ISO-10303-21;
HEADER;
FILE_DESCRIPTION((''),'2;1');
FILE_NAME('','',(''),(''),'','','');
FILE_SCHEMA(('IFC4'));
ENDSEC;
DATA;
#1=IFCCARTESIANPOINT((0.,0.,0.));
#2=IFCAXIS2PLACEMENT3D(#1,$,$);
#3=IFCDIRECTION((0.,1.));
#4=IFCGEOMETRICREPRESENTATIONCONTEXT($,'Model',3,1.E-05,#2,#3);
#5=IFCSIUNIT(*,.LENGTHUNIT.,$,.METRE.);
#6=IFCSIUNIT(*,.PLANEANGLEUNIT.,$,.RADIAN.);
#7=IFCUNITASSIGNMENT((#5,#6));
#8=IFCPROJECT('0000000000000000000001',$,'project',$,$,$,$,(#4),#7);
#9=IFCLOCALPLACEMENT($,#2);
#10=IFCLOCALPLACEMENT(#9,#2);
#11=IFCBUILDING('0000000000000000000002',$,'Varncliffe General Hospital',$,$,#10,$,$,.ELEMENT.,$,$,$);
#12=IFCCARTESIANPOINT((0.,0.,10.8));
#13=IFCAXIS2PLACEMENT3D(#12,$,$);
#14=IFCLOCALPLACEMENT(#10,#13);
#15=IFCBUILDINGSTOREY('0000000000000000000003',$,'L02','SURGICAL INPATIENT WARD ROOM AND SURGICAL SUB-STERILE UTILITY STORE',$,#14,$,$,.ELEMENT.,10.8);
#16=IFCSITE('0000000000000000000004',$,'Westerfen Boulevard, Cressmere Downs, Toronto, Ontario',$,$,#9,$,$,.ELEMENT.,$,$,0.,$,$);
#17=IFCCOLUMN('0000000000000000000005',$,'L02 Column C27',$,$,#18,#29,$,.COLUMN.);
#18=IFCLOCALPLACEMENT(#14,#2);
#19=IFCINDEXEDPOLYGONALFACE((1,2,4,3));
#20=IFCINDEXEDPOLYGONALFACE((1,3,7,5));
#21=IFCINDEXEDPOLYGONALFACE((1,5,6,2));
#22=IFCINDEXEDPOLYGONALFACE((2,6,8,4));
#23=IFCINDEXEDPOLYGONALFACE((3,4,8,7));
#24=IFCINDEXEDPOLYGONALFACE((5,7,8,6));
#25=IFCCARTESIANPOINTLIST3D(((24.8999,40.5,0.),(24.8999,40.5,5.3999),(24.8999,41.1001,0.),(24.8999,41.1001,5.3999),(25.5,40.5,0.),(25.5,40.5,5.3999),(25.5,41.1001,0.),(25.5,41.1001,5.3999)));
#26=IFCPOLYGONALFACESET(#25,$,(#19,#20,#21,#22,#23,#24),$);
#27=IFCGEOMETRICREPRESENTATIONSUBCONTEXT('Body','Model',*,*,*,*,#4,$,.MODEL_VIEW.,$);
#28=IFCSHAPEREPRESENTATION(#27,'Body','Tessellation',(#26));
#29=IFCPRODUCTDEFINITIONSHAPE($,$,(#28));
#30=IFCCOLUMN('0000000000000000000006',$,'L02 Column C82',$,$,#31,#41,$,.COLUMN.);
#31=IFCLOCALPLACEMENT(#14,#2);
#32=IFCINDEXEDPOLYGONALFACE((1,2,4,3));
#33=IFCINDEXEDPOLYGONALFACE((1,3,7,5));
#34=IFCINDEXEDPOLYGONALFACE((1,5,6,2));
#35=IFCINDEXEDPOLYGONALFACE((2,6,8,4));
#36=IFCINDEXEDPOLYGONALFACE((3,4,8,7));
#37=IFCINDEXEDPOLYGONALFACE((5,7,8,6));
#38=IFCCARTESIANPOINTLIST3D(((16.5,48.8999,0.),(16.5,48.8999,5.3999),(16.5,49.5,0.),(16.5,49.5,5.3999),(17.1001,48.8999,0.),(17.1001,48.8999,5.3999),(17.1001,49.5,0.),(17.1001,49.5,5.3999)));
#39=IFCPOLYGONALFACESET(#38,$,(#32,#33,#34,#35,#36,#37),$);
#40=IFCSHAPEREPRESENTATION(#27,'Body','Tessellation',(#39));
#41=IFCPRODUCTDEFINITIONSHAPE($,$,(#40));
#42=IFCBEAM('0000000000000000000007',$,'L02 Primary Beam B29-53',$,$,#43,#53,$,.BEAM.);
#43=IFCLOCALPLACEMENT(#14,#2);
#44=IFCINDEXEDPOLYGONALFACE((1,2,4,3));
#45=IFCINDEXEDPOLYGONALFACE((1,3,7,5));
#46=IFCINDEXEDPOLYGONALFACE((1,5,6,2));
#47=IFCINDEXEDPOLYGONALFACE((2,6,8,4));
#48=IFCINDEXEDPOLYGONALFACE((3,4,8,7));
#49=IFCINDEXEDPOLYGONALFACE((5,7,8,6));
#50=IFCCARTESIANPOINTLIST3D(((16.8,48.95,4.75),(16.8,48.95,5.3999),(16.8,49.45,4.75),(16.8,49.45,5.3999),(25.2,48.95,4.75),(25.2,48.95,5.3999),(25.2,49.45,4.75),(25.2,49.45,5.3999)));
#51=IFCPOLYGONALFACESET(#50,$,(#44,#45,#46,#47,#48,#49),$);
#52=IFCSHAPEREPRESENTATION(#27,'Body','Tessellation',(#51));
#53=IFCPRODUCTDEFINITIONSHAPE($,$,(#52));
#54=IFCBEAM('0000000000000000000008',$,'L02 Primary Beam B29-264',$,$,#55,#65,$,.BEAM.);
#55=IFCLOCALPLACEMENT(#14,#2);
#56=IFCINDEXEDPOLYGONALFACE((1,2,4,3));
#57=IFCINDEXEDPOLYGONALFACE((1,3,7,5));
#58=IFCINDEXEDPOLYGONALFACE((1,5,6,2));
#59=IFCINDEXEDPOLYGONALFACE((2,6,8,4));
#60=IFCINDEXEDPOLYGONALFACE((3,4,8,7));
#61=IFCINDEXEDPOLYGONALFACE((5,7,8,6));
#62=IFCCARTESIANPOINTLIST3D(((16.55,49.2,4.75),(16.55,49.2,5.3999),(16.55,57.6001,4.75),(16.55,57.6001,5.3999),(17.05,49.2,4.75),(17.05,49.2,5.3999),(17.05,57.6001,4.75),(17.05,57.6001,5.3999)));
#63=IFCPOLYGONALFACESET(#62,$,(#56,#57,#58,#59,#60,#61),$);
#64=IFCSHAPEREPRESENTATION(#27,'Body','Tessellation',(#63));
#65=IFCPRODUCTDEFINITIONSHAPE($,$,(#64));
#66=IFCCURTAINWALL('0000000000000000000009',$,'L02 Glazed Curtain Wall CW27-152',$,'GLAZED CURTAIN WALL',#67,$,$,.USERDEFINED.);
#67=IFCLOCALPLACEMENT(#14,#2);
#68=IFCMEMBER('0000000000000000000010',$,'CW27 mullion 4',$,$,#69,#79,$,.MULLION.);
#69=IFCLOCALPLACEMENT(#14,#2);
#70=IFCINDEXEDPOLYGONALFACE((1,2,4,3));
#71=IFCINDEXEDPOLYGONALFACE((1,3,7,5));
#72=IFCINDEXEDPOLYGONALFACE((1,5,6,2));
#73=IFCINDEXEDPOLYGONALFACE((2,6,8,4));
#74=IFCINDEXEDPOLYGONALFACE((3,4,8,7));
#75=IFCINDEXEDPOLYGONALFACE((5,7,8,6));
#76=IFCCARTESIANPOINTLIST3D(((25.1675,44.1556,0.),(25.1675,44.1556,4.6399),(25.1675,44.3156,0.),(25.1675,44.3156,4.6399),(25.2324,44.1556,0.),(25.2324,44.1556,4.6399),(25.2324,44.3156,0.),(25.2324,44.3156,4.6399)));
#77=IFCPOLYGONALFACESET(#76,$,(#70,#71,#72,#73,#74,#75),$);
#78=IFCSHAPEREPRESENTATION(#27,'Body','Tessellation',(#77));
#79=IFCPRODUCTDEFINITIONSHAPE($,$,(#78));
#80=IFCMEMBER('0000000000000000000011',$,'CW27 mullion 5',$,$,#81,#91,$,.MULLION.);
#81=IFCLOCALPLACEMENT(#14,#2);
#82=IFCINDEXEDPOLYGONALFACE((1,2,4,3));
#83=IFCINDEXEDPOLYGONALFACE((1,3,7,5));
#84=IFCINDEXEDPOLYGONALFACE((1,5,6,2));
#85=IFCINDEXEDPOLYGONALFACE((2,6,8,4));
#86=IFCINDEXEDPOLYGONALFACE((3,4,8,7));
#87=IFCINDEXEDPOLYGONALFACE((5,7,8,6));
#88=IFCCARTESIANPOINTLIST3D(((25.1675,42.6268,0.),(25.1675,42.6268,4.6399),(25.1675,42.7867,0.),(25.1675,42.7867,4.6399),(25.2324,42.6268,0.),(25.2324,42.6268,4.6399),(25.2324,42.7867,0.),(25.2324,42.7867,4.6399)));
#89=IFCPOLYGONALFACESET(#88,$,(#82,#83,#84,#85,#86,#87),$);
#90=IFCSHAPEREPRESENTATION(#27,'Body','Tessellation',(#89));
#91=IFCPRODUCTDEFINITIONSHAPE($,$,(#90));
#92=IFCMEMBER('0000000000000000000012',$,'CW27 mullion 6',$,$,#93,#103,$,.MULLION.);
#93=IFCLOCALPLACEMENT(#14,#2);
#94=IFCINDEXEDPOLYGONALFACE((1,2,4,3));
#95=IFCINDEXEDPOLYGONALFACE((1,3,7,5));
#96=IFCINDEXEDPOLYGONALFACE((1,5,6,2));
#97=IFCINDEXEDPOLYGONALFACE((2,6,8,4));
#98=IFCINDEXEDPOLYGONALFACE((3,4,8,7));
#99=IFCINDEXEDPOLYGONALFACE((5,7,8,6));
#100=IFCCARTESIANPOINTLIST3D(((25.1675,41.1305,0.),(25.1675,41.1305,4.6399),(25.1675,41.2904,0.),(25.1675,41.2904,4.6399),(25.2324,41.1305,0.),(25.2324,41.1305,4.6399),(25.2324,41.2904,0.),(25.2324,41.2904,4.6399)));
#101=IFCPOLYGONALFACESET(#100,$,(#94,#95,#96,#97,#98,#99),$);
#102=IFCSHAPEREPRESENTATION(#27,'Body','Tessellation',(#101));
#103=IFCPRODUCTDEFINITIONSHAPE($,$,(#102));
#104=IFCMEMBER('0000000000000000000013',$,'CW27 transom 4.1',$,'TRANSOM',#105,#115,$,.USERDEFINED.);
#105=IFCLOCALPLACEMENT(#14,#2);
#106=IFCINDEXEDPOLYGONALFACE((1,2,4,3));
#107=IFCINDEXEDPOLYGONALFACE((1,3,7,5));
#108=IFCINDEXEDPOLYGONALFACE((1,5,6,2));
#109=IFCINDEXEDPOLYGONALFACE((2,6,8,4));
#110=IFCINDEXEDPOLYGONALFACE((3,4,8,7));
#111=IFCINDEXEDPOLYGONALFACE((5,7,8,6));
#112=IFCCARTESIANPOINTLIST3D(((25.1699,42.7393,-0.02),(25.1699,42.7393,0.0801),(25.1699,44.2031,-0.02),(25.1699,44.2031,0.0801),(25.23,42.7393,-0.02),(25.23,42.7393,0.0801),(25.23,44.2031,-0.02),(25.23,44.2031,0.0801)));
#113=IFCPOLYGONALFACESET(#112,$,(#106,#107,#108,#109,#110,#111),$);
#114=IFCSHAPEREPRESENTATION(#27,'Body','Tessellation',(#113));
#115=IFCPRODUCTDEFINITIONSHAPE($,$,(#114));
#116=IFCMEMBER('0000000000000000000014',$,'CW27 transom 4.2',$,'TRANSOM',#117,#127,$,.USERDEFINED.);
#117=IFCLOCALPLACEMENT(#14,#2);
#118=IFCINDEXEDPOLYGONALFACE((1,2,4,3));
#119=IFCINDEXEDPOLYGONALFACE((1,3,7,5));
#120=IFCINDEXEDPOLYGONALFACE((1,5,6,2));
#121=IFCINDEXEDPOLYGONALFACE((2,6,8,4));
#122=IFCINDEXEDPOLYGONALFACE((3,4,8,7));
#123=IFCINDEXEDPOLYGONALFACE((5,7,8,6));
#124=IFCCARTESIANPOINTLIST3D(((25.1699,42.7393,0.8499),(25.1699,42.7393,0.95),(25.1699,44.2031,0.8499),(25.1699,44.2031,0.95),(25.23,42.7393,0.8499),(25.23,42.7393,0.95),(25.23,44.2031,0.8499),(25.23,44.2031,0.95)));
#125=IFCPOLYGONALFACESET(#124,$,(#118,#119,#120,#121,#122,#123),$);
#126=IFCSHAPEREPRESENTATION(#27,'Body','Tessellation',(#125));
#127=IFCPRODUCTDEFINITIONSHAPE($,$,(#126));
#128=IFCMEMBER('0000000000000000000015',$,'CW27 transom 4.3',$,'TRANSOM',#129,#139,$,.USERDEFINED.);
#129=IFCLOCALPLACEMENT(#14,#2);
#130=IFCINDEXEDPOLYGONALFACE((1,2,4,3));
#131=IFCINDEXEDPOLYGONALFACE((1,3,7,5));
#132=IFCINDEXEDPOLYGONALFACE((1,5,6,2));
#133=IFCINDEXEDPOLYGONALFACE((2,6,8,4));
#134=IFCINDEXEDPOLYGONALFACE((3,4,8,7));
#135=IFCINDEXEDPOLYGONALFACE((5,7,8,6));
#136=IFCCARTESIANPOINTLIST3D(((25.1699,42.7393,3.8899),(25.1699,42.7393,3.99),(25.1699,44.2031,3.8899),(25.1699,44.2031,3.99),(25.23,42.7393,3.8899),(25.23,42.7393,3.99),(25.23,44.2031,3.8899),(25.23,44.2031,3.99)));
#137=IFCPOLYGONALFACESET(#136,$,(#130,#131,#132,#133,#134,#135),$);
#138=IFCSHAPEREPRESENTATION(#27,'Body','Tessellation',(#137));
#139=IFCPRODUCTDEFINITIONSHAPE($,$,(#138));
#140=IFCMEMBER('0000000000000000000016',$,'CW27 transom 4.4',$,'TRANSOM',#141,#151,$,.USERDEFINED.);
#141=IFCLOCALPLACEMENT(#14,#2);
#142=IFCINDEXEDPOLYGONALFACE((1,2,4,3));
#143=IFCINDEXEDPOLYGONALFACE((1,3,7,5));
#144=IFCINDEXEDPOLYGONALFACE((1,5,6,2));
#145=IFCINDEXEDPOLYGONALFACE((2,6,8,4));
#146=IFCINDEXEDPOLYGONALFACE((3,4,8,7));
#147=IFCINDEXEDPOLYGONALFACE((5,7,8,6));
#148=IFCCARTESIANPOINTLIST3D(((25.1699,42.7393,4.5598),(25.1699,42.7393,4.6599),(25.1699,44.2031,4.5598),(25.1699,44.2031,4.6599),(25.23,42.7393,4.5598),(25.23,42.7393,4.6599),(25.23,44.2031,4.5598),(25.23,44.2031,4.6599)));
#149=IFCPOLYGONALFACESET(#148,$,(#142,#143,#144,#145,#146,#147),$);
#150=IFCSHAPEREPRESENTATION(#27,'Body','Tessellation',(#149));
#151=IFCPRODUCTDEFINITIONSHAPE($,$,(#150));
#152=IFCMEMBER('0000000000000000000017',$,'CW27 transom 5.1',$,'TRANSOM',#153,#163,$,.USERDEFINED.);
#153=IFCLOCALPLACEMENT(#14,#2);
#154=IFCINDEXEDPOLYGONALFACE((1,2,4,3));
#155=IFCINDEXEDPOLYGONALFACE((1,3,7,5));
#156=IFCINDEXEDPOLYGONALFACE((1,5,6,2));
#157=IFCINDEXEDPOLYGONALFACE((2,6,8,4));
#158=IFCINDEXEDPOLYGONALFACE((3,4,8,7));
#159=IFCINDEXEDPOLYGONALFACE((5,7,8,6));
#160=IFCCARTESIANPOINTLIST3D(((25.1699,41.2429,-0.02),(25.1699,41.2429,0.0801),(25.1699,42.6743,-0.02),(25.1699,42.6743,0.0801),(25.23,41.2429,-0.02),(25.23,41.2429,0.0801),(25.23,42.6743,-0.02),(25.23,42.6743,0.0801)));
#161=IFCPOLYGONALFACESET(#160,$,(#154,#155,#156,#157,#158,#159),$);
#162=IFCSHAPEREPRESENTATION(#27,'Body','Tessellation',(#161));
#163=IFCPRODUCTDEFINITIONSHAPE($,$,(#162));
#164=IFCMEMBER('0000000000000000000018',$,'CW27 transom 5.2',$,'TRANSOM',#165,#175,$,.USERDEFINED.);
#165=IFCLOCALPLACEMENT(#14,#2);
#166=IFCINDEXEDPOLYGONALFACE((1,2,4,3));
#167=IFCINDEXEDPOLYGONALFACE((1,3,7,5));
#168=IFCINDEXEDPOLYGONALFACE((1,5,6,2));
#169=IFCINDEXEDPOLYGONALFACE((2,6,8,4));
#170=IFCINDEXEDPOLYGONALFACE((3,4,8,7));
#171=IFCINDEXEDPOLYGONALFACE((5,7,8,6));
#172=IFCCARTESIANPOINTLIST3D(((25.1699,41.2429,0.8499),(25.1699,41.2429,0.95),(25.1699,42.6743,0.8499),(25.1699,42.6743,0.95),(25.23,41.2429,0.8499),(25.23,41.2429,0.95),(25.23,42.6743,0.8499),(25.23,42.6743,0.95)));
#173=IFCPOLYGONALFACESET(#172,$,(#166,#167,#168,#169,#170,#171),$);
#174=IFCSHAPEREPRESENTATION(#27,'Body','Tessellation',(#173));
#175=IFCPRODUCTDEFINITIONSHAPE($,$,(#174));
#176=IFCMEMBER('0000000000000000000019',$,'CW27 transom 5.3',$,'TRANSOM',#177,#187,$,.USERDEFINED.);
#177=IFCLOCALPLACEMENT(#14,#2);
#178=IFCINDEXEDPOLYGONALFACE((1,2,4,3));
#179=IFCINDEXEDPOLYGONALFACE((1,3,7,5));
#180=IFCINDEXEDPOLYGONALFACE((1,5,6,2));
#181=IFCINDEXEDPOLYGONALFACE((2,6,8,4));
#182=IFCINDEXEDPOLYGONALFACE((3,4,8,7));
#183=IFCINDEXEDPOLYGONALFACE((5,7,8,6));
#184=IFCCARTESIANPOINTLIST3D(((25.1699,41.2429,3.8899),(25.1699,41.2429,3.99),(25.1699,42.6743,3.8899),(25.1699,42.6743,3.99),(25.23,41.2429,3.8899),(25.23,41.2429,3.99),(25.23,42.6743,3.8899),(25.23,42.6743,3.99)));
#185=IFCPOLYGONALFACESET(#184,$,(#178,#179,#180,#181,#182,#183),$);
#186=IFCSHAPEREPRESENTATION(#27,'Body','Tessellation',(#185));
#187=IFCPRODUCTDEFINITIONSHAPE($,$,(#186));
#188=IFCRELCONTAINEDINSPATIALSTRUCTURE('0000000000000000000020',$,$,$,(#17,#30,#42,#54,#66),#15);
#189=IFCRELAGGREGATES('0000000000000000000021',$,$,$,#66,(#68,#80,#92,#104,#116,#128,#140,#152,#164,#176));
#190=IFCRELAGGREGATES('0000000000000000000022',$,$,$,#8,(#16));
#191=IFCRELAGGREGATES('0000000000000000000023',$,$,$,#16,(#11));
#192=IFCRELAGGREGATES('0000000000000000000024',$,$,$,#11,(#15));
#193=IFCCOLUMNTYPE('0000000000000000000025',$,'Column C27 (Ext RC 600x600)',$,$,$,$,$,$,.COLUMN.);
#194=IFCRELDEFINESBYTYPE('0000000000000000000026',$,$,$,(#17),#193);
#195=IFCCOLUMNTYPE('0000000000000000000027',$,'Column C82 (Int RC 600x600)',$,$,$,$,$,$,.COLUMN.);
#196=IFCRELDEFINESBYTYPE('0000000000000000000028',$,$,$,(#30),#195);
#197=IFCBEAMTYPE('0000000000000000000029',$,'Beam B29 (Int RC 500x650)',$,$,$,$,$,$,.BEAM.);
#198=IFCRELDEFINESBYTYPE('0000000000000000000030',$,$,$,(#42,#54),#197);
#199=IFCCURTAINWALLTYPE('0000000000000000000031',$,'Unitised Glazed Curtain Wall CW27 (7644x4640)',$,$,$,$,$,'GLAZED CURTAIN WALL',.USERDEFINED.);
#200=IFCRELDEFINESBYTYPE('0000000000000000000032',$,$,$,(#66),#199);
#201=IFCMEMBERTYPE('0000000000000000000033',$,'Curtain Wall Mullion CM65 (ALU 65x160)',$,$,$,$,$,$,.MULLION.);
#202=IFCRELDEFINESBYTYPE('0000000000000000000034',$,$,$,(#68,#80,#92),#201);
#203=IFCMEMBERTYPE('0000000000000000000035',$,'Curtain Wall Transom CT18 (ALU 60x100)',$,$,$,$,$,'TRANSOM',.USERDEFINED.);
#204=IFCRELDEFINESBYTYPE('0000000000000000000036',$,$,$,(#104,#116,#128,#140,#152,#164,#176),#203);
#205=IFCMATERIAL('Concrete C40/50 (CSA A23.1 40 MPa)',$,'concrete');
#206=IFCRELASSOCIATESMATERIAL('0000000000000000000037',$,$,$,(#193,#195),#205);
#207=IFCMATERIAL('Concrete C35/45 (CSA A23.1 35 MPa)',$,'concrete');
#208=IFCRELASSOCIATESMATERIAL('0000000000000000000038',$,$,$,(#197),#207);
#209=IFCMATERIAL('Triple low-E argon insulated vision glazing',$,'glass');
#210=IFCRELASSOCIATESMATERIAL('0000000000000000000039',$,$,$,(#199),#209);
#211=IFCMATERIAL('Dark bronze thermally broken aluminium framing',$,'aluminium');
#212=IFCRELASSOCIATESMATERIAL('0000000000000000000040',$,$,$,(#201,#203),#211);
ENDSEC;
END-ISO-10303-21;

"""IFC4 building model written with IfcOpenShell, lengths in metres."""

from ifc_helpers import new_model, si_unit, direction, frame, origin, origin_2d, place, context, subcontext, project, spatial, rectangle, extrude, material, material_profile, profile_set, type_object, element, aggregate, save


model = new_model("IFC4")

# Units and contexts
model_context = context("Model", 3, precision=1e-05, world=origin(), true_north=direction((0.0, 1.0)))
body_context = subcontext(model_context, "Body", "Model", "MODEL_VIEW")
ifc_project = project(units=[si_unit("LENGTHUNIT", "METRE"), si_unit("PLANEANGLEUNIT", "RADIAN")], contexts=[model_context])

# Site, building, storey
site_placement = place(None, origin())
site = spatial("IfcSite", under=ifc_project, at=site_placement, Name="Westerfen Boulevard, Cressmere Downs, Toronto, Ontario", CompositionType="ELEMENT", RefElevation=0.0)
building_placement = place(site_placement, origin())
building = spatial("IfcBuilding", under=site, at=building_placement, Name="Varncliffe General Hospital", CompositionType="ELEMENT")
storey_placement = place(building_placement, frame((0.0, 0.0, 10.8)))
storey = spatial("IfcBuildingStorey", under=building, at=storey_placement, Name="L02", Description="SURGICAL INPATIENT WARD ROOM AND SURGICAL SUB-STERILE UTILITY STORE", CompositionType="ELEMENT", Elevation=10.8)

# Columns
ifc_material_1 = material(Name="Concrete C40/50 (CSA A23.1 40 MPa)", Category="concrete")
ifc_material_profile_1 = material_profile(ifc_material_1, rectangle(XDim=0.6001, YDim=0.6001, at=origin_2d()), Name="RC 600x600")
ifc_profile_set_1 = profile_set([ifc_material_profile_1], Name="Concrete C40/50 (CSA A23.1 40 MPa)")
column_type_1 = type_object("IfcColumnType", Name="Column C27 (Ext RC 600x600)", PredefinedType="COLUMN", material=ifc_profile_set_1)
column_1_placement = place(storey_placement, frame((25.2, 40.8, 0.0), z_axis=(0.0, 0.0, 1.0), x_axis=(1.0, 0.0, 0.0)))
element("IfcColumn", 1, at=column_1_placement, inside=storey, type_object=column_type_1, Name="L02 Column C27", PredefinedType="COLUMN", context=body_context, shape_type="SweptSolid", body=[
    extrude(rectangle(XDim=0.6001, YDim=0.6001, at=origin_2d()), origin(), (0.0, 0.0, 1.0), 5.3999),
])
ifc_material_profile_2 = material_profile(ifc_material_1, rectangle(XDim=0.6001, YDim=0.6001, at=origin_2d()), Name="RC 600x600")
ifc_profile_set_2 = profile_set([ifc_material_profile_2], Name="Concrete C40/50 (CSA A23.1 40 MPa)")
column_type_2 = type_object("IfcColumnType", Name="Column C82 (Int RC 600x600)", PredefinedType="COLUMN", material=ifc_profile_set_2)
column_2_placement = place(storey_placement, frame((16.8, 49.2, 0.0), z_axis=(0.0, 0.0, 1.0), x_axis=(1.0, 0.0, 0.0)))
element("IfcColumn", 2, at=column_2_placement, inside=storey, type_object=column_type_2, Name="L02 Column C82", PredefinedType="COLUMN", context=body_context, shape_type="SweptSolid", body=[
    extrude(rectangle(XDim=0.6001, YDim=0.6001, at=origin_2d()), origin(), (0.0, 0.0, 1.0), 5.3999),
])

# Beams
ifc_material_2 = material(Name="Concrete C35/45 (CSA A23.1 35 MPa)", Category="concrete")
ifc_material_profile_3 = material_profile(ifc_material_2, rectangle(XDim=0.5, YDim=0.6499, at=origin_2d()), Name="RC 500x650")
ifc_profile_set_3 = profile_set([ifc_material_profile_3], Name="Concrete C35/45 (CSA A23.1 35 MPa)")
beam_type_1 = type_object("IfcBeamType", Name="Beam B29 (Int RC 500x650)", PredefinedType="BEAM", material=ifc_profile_set_3)
beam_1_placement = place(storey_placement, frame((16.8, 49.2, 5.075), z_axis=(1.0, 0.0, 0.0), x_axis=(0.0, 1.0, 0.0)))
element("IfcBeam", 3, at=beam_1_placement, inside=storey, type_object=beam_type_1, Name="L02 Primary Beam B29-53", PredefinedType="BEAM", context=body_context, shape_type="SweptSolid", body=[
    extrude(rectangle(XDim=0.5, YDim=0.6499, at=origin_2d()), origin(), (0.0, 0.0, 1.0), 8.3999),
])
beam_2_placement = place(storey_placement, frame((16.8, 49.2, 5.075), z_axis=(0.0, 1.0, 0.0), x_axis=(-1.0, 0.0, 0.0)))
element("IfcBeam", 4, at=beam_2_placement, inside=storey, type_object=beam_type_1, Name="L02 Primary Beam B29-264", PredefinedType="BEAM", context=body_context, shape_type="SweptSolid", body=[
    extrude(rectangle(XDim=0.5, YDim=0.6499, at=origin_2d()), origin(), (0.0, 0.0, 1.0), 8.4001),
])

# Curtain wall, members
ifc_material_3 = material(Name="Triple low-E argon insulated vision glazing", Category="glass")
curtain_wall_type = type_object("IfcCurtainWallType", Name="Unitised Glazed Curtain Wall CW27 (7644x4640)", ElementType="GLAZED CURTAIN WALL", PredefinedType="USERDEFINED", material=ifc_material_3)
curtain_wall_placement = place(storey_placement, origin())
curtain_wall = element("IfcCurtainWall", 5, at=curtain_wall_placement, inside=storey, type_object=curtain_wall_type, Name="L02 Glazed Curtain Wall CW27-152", ObjectType="GLAZED CURTAIN WALL", PredefinedType="USERDEFINED")
ifc_material_4 = material(Name="Dark bronze thermally broken aluminium framing", Category="aluminium")
ifc_material_profile_4 = material_profile(ifc_material_4, rectangle(XDim=0.0649, YDim=0.1599, at=origin_2d()), Name="ALU 65x160")
ifc_profile_set_4 = profile_set([ifc_material_profile_4], Name="Dark bronze thermally broken aluminium framing")
member_type_1 = type_object("IfcMemberType", Name="Curtain Wall Mullion CM65 (ALU 65x160)", PredefinedType="MULLION", material=ifc_profile_set_4)
member_1_placement = place(storey_placement, frame((25.2, 44.2356, 0.0), z_axis=(0.0, 0.0, 1.0), x_axis=(1.0, 0.0, 0.0)))
member_1 = element("IfcMember", 6, at=member_1_placement, type_object=member_type_1, Name="CW27 mullion 4", PredefinedType="MULLION", context=body_context, shape_type="SweptSolid", body=[
    extrude(rectangle(XDim=0.0649, YDim=0.1599, at=origin_2d()), origin(), (0.0, 0.0, 1.0), 4.6399),
])
member_2_placement = place(storey_placement, frame((25.2, 42.7068, 0.0), z_axis=(0.0, 0.0, 1.0), x_axis=(1.0, 0.0, 0.0)))
member_2 = element("IfcMember", 7, at=member_2_placement, type_object=member_type_1, Name="CW27 mullion 5", PredefinedType="MULLION", context=body_context, shape_type="SweptSolid", body=[
    extrude(rectangle(XDim=0.0649, YDim=0.1599, at=origin_2d()), origin(), (0.0, 0.0, 1.0), 4.6399),
])
member_3_placement = place(storey_placement, frame((25.2, 41.2104, 0.0), z_axis=(0.0, 0.0, 1.0), x_axis=(1.0, 0.0, 0.0)))
member_3 = element("IfcMember", 8, at=member_3_placement, type_object=member_type_1, Name="CW27 mullion 6", PredefinedType="MULLION", context=body_context, shape_type="SweptSolid", body=[
    extrude(rectangle(XDim=0.0649, YDim=0.1599, at=origin_2d()), origin(), (0.0, 0.0, 1.0), 4.6399),
])
ifc_material_profile_5 = material_profile(ifc_material_4, rectangle(XDim=0.0601, YDim=0.1001, at=origin_2d()), Name="ALU 60x100")
ifc_profile_set_5 = profile_set([ifc_material_profile_5], Name="Dark bronze thermally broken aluminium framing")
member_type_2 = type_object("IfcMemberType", Name="Curtain Wall Transom CT18 (ALU 60x100)", ElementType="TRANSOM", PredefinedType="USERDEFINED", material=ifc_profile_set_5)
member_4_placement = place(storey_placement, frame((25.2, 44.2031, 0.03), z_axis=(0.0, -1.0, 0.0), x_axis=(1.0, 0.0, 0.0)))
member_4 = element("IfcMember", 9, at=member_4_placement, type_object=member_type_2, Name="CW27 transom 4.1", ObjectType="TRANSOM", PredefinedType="USERDEFINED", context=body_context, shape_type="SweptSolid", body=[
    extrude(rectangle(XDim=0.0601, YDim=0.1001, at=origin_2d()), origin(), (0.0, 0.0, 1.0), 1.4639),
])
member_5_placement = place(storey_placement, frame((25.2, 44.2031, 0.8999), z_axis=(0.0, -1.0, 0.0), x_axis=(1.0, 0.0, 0.0)))
member_5 = element("IfcMember", 10, at=member_5_placement, type_object=member_type_2, Name="CW27 transom 4.2", ObjectType="TRANSOM", PredefinedType="USERDEFINED", context=body_context, shape_type="SweptSolid", body=[
    extrude(rectangle(XDim=0.0601, YDim=0.1001, at=origin_2d()), origin(), (0.0, 0.0, 1.0), 1.4639),
])
member_6_placement = place(storey_placement, frame((25.2, 44.2031, 3.9399), z_axis=(0.0, -1.0, 0.0), x_axis=(1.0, 0.0, 0.0)))
member_6 = element("IfcMember", 11, at=member_6_placement, type_object=member_type_2, Name="CW27 transom 4.3", ObjectType="TRANSOM", PredefinedType="USERDEFINED", context=body_context, shape_type="SweptSolid", body=[
    extrude(rectangle(XDim=0.0601, YDim=0.1001, at=origin_2d()), origin(), (0.0, 0.0, 1.0), 1.4639),
])
member_7_placement = place(storey_placement, frame((25.2, 44.2031, 4.6099), z_axis=(0.0, -1.0, 0.0), x_axis=(1.0, 0.0, 0.0)))
member_7 = element("IfcMember", 12, at=member_7_placement, type_object=member_type_2, Name="CW27 transom 4.4", ObjectType="TRANSOM", PredefinedType="USERDEFINED", context=body_context, shape_type="SweptSolid", body=[
    extrude(rectangle(XDim=0.0601, YDim=0.1001, at=origin_2d()), origin(), (0.0, 0.0, 1.0), 1.4639),
])
member_8_placement = place(storey_placement, frame((25.2, 42.6743, 0.03), z_axis=(0.0, -1.0, 0.0), x_axis=(1.0, 0.0, 0.0)))
member_8 = element("IfcMember", 13, at=member_8_placement, type_object=member_type_2, Name="CW27 transom 5.1", ObjectType="TRANSOM", PredefinedType="USERDEFINED", context=body_context, shape_type="SweptSolid", body=[
    extrude(rectangle(XDim=0.0601, YDim=0.1001, at=origin_2d()), origin(), (0.0, 0.0, 1.0), 1.4314),
])
member_9_placement = place(storey_placement, frame((25.2, 42.6743, 0.8999), z_axis=(0.0, -1.0, 0.0), x_axis=(1.0, 0.0, 0.0)))
member_9 = element("IfcMember", 14, at=member_9_placement, type_object=member_type_2, Name="CW27 transom 5.2", ObjectType="TRANSOM", PredefinedType="USERDEFINED", context=body_context, shape_type="SweptSolid", body=[
    extrude(rectangle(XDim=0.0601, YDim=0.1001, at=origin_2d()), origin(), (0.0, 0.0, 1.0), 1.4314),
])
member_10_placement = place(storey_placement, frame((25.2, 42.6743, 3.9399), z_axis=(0.0, -1.0, 0.0), x_axis=(1.0, 0.0, 0.0)))
member_10 = element("IfcMember", 15, at=member_10_placement, type_object=member_type_2, Name="CW27 transom 5.3", ObjectType="TRANSOM", PredefinedType="USERDEFINED", context=body_context, shape_type="SweptSolid", body=[
    extrude(rectangle(XDim=0.0601, YDim=0.1001, at=origin_2d()), origin(), (0.0, 0.0, 1.0), 1.4314),
])

aggregate(curtain_wall, [member_1, member_2, member_3, member_4, member_5, member_6, member_7, member_8, member_9, member_10])

save(model, "model.ifc")
